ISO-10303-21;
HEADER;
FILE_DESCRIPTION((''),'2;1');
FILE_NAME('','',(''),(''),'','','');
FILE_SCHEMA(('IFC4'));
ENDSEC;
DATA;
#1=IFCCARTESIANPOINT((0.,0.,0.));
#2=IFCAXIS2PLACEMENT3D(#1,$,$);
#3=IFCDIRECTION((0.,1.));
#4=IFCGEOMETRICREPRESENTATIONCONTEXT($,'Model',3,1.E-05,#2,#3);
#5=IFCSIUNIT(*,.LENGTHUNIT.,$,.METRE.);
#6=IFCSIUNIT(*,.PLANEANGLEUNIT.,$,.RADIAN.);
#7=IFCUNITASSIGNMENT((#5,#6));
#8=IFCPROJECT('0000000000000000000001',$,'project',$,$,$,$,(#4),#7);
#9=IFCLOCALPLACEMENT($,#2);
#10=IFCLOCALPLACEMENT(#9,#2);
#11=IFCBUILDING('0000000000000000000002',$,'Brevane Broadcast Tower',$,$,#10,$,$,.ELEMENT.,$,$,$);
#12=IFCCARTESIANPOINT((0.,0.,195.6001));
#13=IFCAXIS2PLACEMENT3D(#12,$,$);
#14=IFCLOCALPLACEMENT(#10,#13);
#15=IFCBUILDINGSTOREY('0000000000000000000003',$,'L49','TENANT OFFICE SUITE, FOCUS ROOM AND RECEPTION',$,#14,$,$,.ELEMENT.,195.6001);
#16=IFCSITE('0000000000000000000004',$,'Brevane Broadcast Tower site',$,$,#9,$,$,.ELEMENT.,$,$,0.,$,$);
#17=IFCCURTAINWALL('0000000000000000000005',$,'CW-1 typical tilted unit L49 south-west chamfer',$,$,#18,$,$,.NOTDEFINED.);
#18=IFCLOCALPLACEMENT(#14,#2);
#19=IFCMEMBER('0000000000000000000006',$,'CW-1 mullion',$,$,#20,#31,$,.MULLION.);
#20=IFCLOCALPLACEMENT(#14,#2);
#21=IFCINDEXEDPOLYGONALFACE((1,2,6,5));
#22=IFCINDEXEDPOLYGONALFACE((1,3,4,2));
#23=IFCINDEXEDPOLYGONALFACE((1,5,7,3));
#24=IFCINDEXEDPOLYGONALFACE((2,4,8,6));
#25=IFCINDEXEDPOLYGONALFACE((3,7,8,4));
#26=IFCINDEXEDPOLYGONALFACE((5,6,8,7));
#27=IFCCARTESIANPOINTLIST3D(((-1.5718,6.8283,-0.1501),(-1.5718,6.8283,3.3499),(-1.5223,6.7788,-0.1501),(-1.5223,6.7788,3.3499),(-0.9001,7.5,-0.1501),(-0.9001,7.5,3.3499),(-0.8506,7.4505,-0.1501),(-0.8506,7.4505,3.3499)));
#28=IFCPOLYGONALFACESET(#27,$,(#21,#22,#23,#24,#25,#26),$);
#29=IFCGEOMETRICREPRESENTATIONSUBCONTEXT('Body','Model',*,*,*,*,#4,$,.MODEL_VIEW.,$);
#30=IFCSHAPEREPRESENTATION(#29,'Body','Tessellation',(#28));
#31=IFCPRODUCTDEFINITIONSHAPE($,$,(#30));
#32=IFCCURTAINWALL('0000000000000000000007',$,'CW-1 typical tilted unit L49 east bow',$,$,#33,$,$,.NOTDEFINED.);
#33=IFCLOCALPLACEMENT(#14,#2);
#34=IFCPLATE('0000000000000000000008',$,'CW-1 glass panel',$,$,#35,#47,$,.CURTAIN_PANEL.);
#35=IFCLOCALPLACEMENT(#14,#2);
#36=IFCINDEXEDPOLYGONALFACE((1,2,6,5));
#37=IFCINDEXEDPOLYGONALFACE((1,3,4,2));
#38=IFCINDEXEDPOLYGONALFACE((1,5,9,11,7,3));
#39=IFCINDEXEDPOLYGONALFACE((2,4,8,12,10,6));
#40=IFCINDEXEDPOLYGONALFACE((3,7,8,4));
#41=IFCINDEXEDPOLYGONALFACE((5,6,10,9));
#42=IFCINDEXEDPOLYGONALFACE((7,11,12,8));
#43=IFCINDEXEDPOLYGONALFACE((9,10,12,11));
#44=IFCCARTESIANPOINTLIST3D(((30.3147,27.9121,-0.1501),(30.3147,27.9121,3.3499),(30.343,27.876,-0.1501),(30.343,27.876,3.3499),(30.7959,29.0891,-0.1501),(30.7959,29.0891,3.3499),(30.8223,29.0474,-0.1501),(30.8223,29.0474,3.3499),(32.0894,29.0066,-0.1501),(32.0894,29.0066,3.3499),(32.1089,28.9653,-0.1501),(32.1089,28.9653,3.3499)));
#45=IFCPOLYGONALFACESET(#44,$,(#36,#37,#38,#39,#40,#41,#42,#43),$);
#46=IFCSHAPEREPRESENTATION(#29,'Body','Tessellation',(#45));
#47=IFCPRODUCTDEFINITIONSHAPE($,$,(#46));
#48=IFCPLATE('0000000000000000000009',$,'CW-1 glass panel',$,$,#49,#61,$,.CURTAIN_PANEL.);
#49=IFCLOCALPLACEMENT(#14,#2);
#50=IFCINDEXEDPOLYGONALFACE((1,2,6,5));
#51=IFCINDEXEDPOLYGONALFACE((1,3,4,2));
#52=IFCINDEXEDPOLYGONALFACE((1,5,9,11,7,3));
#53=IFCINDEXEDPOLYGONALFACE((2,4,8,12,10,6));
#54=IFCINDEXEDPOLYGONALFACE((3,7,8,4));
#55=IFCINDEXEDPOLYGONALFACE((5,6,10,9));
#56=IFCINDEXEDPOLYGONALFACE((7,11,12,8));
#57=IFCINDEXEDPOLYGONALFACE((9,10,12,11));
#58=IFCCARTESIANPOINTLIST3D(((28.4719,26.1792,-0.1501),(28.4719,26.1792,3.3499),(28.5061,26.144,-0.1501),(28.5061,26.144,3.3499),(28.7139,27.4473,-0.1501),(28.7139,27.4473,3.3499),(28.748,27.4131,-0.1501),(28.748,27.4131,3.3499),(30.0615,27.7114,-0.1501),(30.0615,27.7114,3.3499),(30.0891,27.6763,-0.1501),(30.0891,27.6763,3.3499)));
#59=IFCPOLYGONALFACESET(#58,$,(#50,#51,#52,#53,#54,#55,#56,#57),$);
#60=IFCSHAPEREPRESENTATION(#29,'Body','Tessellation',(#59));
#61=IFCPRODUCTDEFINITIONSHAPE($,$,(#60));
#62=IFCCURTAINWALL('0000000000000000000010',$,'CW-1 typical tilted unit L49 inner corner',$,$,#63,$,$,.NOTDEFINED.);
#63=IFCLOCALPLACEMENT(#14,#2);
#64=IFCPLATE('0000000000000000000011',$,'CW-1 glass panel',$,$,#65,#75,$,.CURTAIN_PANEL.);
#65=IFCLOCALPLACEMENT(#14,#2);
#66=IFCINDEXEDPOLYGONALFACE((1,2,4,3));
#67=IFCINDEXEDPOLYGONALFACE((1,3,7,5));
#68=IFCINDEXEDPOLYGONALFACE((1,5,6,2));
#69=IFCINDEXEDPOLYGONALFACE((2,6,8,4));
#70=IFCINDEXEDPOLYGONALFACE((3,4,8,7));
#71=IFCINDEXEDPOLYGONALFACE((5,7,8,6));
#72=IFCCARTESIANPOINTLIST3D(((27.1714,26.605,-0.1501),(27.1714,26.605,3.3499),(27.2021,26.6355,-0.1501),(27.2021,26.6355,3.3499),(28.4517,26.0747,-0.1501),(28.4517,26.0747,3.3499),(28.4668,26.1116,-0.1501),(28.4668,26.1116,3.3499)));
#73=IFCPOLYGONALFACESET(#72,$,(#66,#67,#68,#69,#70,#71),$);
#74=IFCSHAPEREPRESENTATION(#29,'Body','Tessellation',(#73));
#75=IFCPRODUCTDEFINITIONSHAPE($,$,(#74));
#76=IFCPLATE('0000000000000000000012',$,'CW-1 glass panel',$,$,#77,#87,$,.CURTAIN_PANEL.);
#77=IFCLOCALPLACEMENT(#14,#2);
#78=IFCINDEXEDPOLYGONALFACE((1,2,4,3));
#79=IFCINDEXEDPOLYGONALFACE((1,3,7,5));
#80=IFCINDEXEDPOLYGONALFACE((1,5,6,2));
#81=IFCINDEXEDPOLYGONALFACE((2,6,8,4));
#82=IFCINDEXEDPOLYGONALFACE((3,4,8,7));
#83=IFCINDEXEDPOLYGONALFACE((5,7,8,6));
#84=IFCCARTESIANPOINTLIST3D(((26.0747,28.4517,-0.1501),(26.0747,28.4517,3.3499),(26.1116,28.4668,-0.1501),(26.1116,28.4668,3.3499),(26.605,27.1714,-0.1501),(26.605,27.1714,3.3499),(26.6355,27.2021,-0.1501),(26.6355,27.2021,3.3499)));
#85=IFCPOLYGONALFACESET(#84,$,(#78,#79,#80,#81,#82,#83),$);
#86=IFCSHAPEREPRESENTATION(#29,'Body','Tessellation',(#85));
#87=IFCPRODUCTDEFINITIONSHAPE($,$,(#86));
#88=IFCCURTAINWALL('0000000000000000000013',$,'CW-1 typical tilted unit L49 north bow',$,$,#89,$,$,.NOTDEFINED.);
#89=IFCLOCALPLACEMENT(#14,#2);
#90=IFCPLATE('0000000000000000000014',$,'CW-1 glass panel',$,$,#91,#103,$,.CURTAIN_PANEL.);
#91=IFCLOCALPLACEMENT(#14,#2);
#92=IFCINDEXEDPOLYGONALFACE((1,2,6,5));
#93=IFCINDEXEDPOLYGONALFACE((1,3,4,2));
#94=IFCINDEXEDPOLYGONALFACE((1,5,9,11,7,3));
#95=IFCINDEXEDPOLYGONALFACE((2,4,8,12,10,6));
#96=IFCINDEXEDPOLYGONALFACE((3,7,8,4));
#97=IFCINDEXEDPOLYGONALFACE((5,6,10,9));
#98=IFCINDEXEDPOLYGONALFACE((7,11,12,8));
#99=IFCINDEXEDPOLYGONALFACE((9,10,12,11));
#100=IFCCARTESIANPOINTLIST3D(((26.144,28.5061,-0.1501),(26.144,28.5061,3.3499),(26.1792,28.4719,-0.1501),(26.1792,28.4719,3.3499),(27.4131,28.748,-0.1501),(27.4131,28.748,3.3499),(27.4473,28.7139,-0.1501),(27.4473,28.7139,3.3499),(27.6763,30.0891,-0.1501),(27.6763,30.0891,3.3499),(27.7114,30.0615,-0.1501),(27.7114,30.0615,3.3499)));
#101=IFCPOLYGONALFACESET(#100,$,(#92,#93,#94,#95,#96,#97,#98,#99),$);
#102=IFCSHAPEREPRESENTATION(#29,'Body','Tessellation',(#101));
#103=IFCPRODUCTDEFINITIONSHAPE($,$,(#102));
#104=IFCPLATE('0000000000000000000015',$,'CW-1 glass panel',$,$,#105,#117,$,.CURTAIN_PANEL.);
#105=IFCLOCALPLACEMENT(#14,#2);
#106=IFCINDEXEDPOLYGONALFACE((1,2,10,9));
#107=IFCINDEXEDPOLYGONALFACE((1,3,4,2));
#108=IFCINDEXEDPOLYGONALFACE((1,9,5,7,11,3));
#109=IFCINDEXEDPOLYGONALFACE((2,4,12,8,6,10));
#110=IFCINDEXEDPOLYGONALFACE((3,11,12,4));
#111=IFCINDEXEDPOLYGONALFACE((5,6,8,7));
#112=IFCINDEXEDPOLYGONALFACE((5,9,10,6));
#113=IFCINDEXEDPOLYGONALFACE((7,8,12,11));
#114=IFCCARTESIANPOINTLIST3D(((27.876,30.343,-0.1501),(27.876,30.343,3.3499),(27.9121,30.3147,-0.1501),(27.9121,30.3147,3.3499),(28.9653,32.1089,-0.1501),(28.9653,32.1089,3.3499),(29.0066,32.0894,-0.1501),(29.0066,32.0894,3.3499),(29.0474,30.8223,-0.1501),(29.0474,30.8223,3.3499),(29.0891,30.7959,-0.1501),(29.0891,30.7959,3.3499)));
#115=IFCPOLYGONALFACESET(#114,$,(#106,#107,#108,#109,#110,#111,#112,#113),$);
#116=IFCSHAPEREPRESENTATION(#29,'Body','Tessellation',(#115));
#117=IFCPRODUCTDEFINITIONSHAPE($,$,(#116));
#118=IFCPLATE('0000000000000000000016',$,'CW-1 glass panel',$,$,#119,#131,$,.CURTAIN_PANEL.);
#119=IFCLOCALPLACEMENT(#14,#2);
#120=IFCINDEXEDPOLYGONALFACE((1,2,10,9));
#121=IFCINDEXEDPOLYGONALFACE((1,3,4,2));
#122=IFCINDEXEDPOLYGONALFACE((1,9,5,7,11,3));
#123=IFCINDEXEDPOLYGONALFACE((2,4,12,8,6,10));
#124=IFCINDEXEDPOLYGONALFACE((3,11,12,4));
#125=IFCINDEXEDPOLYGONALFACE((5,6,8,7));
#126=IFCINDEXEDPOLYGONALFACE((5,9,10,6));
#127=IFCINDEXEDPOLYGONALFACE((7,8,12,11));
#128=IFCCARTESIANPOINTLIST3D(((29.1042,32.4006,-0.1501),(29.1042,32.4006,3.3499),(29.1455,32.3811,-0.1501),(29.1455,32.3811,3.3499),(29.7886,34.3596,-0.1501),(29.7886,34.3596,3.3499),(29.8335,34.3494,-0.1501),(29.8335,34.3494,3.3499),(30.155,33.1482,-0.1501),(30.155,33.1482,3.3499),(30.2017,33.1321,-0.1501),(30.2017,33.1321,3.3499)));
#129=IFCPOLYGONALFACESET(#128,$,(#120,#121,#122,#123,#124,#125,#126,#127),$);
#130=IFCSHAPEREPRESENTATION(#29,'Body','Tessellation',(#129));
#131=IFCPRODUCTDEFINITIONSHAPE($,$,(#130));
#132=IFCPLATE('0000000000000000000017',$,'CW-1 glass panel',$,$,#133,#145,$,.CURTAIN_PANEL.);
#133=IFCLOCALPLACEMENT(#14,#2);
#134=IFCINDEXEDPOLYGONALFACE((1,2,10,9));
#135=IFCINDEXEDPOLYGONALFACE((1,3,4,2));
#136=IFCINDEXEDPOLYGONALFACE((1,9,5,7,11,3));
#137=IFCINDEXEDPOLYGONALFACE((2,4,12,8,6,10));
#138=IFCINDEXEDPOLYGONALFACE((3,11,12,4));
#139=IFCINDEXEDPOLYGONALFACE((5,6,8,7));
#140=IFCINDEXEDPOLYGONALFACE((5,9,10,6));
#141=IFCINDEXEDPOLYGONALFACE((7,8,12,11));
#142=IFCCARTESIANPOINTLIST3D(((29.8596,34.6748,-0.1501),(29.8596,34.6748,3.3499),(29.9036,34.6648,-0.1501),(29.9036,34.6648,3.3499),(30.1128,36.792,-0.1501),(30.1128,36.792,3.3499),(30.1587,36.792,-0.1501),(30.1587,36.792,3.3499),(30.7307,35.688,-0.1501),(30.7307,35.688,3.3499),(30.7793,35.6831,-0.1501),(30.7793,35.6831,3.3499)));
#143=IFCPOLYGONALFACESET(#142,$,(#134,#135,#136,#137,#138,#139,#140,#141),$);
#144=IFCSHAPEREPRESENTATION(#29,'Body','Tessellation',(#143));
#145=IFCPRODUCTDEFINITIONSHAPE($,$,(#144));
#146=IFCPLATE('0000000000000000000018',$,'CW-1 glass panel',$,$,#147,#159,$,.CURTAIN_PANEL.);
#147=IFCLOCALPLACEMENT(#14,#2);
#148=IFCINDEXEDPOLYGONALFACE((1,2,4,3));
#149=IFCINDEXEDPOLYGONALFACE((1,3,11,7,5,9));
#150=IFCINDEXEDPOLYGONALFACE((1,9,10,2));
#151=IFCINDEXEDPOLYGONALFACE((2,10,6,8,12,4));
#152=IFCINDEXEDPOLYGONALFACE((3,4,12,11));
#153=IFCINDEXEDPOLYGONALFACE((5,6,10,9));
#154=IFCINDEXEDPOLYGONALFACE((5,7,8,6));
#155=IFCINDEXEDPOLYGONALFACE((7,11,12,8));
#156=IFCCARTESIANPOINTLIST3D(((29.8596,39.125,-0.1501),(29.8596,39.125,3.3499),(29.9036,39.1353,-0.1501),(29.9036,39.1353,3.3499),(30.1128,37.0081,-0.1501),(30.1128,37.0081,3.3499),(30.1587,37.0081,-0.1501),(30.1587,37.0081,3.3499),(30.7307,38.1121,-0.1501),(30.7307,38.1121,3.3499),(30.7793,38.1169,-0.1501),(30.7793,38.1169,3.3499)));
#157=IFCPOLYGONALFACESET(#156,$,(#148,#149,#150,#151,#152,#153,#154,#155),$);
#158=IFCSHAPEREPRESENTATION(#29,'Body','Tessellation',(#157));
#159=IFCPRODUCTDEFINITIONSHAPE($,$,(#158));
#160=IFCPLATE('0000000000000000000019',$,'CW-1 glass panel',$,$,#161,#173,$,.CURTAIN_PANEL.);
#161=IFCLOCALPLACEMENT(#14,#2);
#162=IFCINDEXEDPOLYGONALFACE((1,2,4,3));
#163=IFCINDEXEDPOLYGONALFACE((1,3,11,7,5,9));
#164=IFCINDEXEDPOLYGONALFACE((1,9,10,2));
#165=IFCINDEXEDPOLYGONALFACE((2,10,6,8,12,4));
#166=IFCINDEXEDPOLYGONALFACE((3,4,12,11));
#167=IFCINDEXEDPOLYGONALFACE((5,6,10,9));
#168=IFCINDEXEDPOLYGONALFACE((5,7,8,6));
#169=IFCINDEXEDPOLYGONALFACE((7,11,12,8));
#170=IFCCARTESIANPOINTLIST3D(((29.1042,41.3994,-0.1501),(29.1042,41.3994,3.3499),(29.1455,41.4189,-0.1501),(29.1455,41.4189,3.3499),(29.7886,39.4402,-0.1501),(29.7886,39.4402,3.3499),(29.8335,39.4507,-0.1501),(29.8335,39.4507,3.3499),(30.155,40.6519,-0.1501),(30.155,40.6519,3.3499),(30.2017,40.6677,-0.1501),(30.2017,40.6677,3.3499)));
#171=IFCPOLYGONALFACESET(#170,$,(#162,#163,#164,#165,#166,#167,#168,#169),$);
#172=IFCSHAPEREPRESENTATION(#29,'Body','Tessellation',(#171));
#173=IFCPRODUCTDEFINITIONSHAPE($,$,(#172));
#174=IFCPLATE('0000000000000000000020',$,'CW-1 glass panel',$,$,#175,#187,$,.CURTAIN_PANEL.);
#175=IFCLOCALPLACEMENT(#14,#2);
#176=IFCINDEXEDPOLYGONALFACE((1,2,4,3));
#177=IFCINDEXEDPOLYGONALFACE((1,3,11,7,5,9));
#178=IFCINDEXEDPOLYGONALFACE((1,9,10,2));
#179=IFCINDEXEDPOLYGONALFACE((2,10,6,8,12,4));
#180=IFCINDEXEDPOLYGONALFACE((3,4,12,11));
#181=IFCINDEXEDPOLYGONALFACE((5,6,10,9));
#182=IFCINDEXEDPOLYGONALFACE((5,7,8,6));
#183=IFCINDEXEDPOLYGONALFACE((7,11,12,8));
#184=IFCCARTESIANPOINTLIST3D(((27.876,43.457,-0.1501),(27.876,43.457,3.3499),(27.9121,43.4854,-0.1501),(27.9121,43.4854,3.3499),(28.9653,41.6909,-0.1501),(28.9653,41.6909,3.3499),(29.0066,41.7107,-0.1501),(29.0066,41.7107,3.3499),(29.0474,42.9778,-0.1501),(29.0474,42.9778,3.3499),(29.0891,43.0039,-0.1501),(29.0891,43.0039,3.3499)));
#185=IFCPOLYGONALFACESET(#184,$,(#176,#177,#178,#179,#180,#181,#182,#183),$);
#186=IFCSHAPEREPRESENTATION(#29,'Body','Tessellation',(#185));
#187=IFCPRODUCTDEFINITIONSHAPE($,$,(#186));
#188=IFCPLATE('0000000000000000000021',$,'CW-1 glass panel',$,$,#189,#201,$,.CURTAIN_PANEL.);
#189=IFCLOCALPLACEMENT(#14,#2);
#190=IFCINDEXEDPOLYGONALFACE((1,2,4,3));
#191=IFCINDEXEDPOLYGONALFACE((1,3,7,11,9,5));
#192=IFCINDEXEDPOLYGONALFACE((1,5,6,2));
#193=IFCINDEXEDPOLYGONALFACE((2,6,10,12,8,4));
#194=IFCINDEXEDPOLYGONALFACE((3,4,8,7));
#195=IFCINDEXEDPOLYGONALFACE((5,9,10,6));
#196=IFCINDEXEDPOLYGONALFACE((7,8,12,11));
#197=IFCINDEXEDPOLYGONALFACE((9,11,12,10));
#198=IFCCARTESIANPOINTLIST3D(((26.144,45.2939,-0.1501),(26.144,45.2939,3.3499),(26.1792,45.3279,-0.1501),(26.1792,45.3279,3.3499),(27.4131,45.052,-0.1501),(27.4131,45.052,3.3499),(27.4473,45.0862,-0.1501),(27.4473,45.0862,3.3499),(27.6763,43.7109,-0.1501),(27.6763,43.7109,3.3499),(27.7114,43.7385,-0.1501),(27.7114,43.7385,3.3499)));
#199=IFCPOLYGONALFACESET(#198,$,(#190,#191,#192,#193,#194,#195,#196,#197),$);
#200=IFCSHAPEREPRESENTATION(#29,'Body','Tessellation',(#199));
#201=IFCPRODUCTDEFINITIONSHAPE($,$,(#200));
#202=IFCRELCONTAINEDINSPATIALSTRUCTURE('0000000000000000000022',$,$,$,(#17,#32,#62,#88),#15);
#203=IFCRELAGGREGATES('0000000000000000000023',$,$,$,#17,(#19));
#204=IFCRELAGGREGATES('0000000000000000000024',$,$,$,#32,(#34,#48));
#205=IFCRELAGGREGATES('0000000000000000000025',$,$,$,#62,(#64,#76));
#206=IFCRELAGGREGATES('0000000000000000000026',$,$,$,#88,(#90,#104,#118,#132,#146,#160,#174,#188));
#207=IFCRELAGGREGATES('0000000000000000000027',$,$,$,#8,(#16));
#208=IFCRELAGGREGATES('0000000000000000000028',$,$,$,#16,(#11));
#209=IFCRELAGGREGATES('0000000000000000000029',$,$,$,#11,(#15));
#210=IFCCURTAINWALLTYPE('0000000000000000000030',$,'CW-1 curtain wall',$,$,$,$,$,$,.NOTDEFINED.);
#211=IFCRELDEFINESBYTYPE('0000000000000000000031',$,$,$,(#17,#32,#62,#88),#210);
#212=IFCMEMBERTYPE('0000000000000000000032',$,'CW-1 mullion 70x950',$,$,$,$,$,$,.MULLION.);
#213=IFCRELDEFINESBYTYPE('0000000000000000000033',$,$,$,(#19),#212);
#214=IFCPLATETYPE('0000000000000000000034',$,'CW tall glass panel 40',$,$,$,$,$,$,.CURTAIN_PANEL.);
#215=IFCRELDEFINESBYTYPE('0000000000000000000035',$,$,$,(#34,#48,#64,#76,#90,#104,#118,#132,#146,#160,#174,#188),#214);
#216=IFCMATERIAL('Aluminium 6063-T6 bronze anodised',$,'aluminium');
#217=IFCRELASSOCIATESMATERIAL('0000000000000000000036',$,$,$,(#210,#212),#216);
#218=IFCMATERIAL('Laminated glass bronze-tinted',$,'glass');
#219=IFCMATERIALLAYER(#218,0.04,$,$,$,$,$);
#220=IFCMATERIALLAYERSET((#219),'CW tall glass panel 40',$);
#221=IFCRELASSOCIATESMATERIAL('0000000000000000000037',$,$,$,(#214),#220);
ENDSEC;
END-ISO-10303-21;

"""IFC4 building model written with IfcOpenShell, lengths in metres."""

from ifc_helpers import new_model, si_unit, direction, frame, origin, origin_2d, place, context, subcontext, project, spatial, polyline, rectangle, outline, extrude, material, layer, layer_set, material_profile, profile_set, type_object, element, aggregate, save


model = new_model("IFC4")

# Units and contexts
model_context = context("Model", 3, precision=1e-05, world=origin(), true_north=direction((0.0, 1.0)))
body_context = subcontext(model_context, "Body", "Model", "MODEL_VIEW")
ifc_project = project(units=[si_unit("LENGTHUNIT", "METRE"), si_unit("PLANEANGLEUNIT", "RADIAN")], contexts=[model_context])

# Site, building, storey
site_placement = place(None, origin())
site = spatial("IfcSite", under=ifc_project, at=site_placement, Name="Brevane Broadcast Tower site", CompositionType="ELEMENT", RefElevation=0.0)
building_placement = place(site_placement, origin())
building = spatial("IfcBuilding", under=site, at=building_placement, Name="Brevane Broadcast Tower", CompositionType="ELEMENT")
storey_placement = place(building_placement, frame((0.0, 0.0, 195.6001)))
storey = spatial("IfcBuildingStorey", under=building, at=storey_placement, Name="L49", Description="TENANT OFFICE SUITE, FOCUS ROOM AND RECEPTION", CompositionType="ELEMENT", Elevation=195.6001)

# Curtain wall, member
ifc_material_1 = material(Name="Aluminium 6063-T6 bronze anodised", Category="aluminium")
curtain_wall_type = type_object("IfcCurtainWallType", Name="CW-1 curtain wall", PredefinedType="NOTDEFINED", material=ifc_material_1)
curtain_wall_1_placement = place(storey_placement, origin())
curtain_wall_1 = element("IfcCurtainWall", 1, at=curtain_wall_1_placement, inside=storey, type_object=curtain_wall_type, Name="CW-1 typical tilted unit L49 south-west chamfer", PredefinedType="NOTDEFINED")
ifc_material_profile = material_profile(ifc_material_1, rectangle(XDim=0.95, YDim=0.0701, at=origin_2d()), Name="RECT 70x950")
ifc_profile_set = profile_set([ifc_material_profile], Name="Aluminium 6063-T6 bronze anodised")
member_type = type_object("IfcMemberType", Name="CW-1 mullion 70x950", PredefinedType="MULLION", material=ifc_profile_set)
member_placement = place(storey_placement, frame((-1.2112, 7.1394, -0.1501), z_axis=(0.0, 0.0, 1.0), x_axis=(0.707107, 0.707107, 0.0)))
member = element("IfcMember", 2, at=member_placement, type_object=member_type, Name="CW-1 mullion", PredefinedType="MULLION", context=body_context, shape_type="SweptSolid", body=[
    extrude(rectangle(XDim=0.95, YDim=0.0701, at=origin_2d()), origin(), (0.0, 0.0, 1.0), 3.5),
])
aggregate(curtain_wall_1, [member])

# Curtain walls, plates
curtain_wall_2_placement = place(storey_placement, origin())
curtain_wall_2 = element("IfcCurtainWall", 3, at=curtain_wall_2_placement, inside=storey, type_object=curtain_wall_type, Name="CW-1 typical tilted unit L49 east bow", PredefinedType="NOTDEFINED")
ifc_material_2 = material(Name="Laminated glass bronze-tinted", Category="glass")
ifc_layer = layer(ifc_material_2, 0.04)
ifc_layer_set = layer_set([ifc_layer], Name="CW tall glass panel 40")
plate_type = type_object("IfcPlateType", Name="CW tall glass panel 40", PredefinedType="CURTAIN_PANEL", material=ifc_layer_set)
plate_1_placement = place(storey_placement, frame((0.0, 0.0, -0.1501)))
plate_1 = element("IfcPlate", 4, at=plate_1_placement, type_object=plate_type, Name="CW-1 glass panel", PredefinedType="CURTAIN_PANEL", context=body_context, shape_type="SweptSolid", body=[
    extrude(outline(polyline([(32.1089, 28.9653), (32.0894, 29.0066), (30.7959, 29.0891), (30.3147, 27.9121), (30.343, 27.876), (30.8223, 29.0474), (32.1089, 28.9653)])), origin(), (0.0, 0.0, 1.0), 3.5),
])
plate_2_placement = place(storey_placement, frame((0.0, 0.0, -0.1501)))
plate_2 = element("IfcPlate", 5, at=plate_2_placement, type_object=plate_type, Name="CW-1 glass panel", PredefinedType="CURTAIN_PANEL", context=body_context, shape_type="SweptSolid", body=[
    extrude(outline(polyline([(30.0891, 27.6763), (30.0615, 27.7114), (28.7139, 27.4473), (28.4719, 26.1792), (28.5061, 26.144), (28.748, 27.4131), (30.0891, 27.6763)])), origin(), (0.0, 0.0, 1.0), 3.5),
])
aggregate(curtain_wall_2, [plate_1, plate_2])
curtain_wall_3_placement = place(storey_placement, origin())
curtain_wall_3 = element("IfcCurtainWall", 6, at=curtain_wall_3_placement, inside=storey, type_object=curtain_wall_type, Name="CW-1 typical tilted unit L49 inner corner", PredefinedType="NOTDEFINED")
plate_3_placement = place(storey_placement, frame((0.0, 0.0, -0.1501)))
plate_3 = element("IfcPlate", 7, at=plate_3_placement, type_object=plate_type, Name="CW-1 glass panel", PredefinedType="CURTAIN_PANEL", context=body_context, shape_type="SweptSolid", body=[
    extrude(outline(polyline([(28.4517, 26.0747), (28.4668, 26.1116), (27.2021, 26.6355), (27.1714, 26.605), (28.4517, 26.0747)])), origin(), (0.0, 0.0, 1.0), 3.5),
])
plate_4_placement = place(storey_placement, frame((0.0, 0.0, -0.1501)))
plate_4 = element("IfcPlate", 8, at=plate_4_placement, type_object=plate_type, Name="CW-1 glass panel", PredefinedType="CURTAIN_PANEL", context=body_context, shape_type="SweptSolid", body=[
    extrude(outline(polyline([(26.605, 27.1714), (26.6355, 27.2021), (26.1116, 28.4668), (26.0747, 28.4517), (26.605, 27.1714)])), origin(), (0.0, 0.0, 1.0), 3.5),
])
aggregate(curtain_wall_3, [plate_3, plate_4])
curtain_wall_4_placement = place(storey_placement, origin())
curtain_wall_4 = element("IfcCurtainWall", 9, at=curtain_wall_4_placement, inside=storey, type_object=curtain_wall_type, Name="CW-1 typical tilted unit L49 north bow", PredefinedType="NOTDEFINED")
plate_5_placement = place(storey_placement, frame((0.0, 0.0, -0.1501)))
plate_5 = element("IfcPlate", 10, at=plate_5_placement, type_object=plate_type, Name="CW-1 glass panel", PredefinedType="CURTAIN_PANEL", context=body_context, shape_type="SweptSolid", body=[
    extrude(outline(polyline([(26.144, 28.5061), (26.1792, 28.4719), (27.4473, 28.7139), (27.7114, 30.0615), (27.6763, 30.0891), (27.4131, 28.748), (26.144, 28.5061)])), origin(), (0.0, 0.0, 1.0), 3.5),
])
plate_6_placement = place(storey_placement, frame((0.0, 0.0, -0.1501)))
plate_6 = element("IfcPlate", 11, at=plate_6_placement, type_object=plate_type, Name="CW-1 glass panel", PredefinedType="CURTAIN_PANEL", context=body_context, shape_type="SweptSolid", body=[
    extrude(outline(polyline([(27.876, 30.343), (27.9121, 30.3147), (29.0891, 30.7959), (29.0066, 32.0894), (28.9653, 32.1089), (29.0474, 30.8223), (27.876, 30.343)])), origin(), (0.0, 0.0, 1.0), 3.5),
])
plate_7_placement = place(storey_placement, frame((0.0, 0.0, -0.1501)))
plate_7 = element("IfcPlate", 12, at=plate_7_placement, type_object=plate_type, Name="CW-1 glass panel", PredefinedType="CURTAIN_PANEL", context=body_context, shape_type="SweptSolid", body=[
    extrude(outline(polyline([(29.1042, 32.4006), (29.1455, 32.3811), (30.2017, 33.1321), (29.8335, 34.3494), (29.7886, 34.3596), (30.155, 33.1482), (29.1042, 32.4006)])), origin(), (0.0, 0.0, 1.0), 3.5),
])
plate_8_placement = place(storey_placement, frame((0.0, 0.0, -0.1501)))
plate_8 = element("IfcPlate", 13, at=plate_8_placement, type_object=plate_type, Name="CW-1 glass panel", PredefinedType="CURTAIN_PANEL", context=body_context, shape_type="SweptSolid", body=[
    extrude(outline(polyline([(29.8596, 34.6748), (29.9036, 34.6648), (30.7793, 35.6831), (30.1587, 36.792), (30.1128, 36.792), (30.7307, 35.688), (29.8596, 34.6748)])), origin(), (0.0, 0.0, 1.0), 3.5),
])
plate_9_placement = place(storey_placement, frame((0.0, 0.0, -0.1501)))
plate_9 = element("IfcPlate", 14, at=plate_9_placement, type_object=plate_type, Name="CW-1 glass panel", PredefinedType="CURTAIN_PANEL", context=body_context, shape_type="SweptSolid", body=[
    extrude(outline(polyline([(30.1128, 37.0081), (30.1587, 37.0081), (30.7793, 38.1169), (29.9036, 39.1353), (29.8596, 39.125), (30.7307, 38.1121), (30.1128, 37.0081)])), origin(), (0.0, 0.0, 1.0), 3.5),
])
plate_10_placement = place(storey_placement, frame((0.0, 0.0, -0.1501)))
plate_10 = element("IfcPlate", 15, at=plate_10_placement, type_object=plate_type, Name="CW-1 glass panel", PredefinedType="CURTAIN_PANEL", context=body_context, shape_type="SweptSolid", body=[
    extrude(outline(polyline([(29.7886, 39.4402), (29.8335, 39.4507), (30.2017, 40.6677), (29.1455, 41.4189), (29.1042, 41.3994), (30.155, 40.6519), (29.7886, 39.4402)])), origin(), (0.0, 0.0, 1.0), 3.5),
])
plate_11_placement = place(storey_placement, frame((0.0, 0.0, -0.1501)))
plate_11 = element("IfcPlate", 16, at=plate_11_placement, type_object=plate_type, Name="CW-1 glass panel", PredefinedType="CURTAIN_PANEL", context=body_context, shape_type="SweptSolid", body=[
    extrude(outline(polyline([(28.9653, 41.6909), (29.0066, 41.7107), (29.0891, 43.0039), (27.9121, 43.4854), (27.876, 43.457), (29.0474, 42.9778), (28.9653, 41.6909)])), origin(), (0.0, 0.0, 1.0), 3.5),
])
plate_12_placement = place(storey_placement, frame((0.0, 0.0, -0.1501)))
plate_12 = element("IfcPlate", 17, at=plate_12_placement, type_object=plate_type, Name="CW-1 glass panel", PredefinedType="CURTAIN_PANEL", context=body_context, shape_type="SweptSolid", body=[
    extrude(outline(polyline([(27.6763, 43.7109), (27.7114, 43.7385), (27.4473, 45.0862), (26.1792, 45.3279), (26.144, 45.2939), (27.4131, 45.052), (27.6763, 43.7109)])), origin(), (0.0, 0.0, 1.0), 3.5),
])
aggregate(curtain_wall_4, [plate_5, plate_6, plate_7, plate_8, plate_9, plate_10, plate_11, plate_12])

save(model, "model.ifc")
